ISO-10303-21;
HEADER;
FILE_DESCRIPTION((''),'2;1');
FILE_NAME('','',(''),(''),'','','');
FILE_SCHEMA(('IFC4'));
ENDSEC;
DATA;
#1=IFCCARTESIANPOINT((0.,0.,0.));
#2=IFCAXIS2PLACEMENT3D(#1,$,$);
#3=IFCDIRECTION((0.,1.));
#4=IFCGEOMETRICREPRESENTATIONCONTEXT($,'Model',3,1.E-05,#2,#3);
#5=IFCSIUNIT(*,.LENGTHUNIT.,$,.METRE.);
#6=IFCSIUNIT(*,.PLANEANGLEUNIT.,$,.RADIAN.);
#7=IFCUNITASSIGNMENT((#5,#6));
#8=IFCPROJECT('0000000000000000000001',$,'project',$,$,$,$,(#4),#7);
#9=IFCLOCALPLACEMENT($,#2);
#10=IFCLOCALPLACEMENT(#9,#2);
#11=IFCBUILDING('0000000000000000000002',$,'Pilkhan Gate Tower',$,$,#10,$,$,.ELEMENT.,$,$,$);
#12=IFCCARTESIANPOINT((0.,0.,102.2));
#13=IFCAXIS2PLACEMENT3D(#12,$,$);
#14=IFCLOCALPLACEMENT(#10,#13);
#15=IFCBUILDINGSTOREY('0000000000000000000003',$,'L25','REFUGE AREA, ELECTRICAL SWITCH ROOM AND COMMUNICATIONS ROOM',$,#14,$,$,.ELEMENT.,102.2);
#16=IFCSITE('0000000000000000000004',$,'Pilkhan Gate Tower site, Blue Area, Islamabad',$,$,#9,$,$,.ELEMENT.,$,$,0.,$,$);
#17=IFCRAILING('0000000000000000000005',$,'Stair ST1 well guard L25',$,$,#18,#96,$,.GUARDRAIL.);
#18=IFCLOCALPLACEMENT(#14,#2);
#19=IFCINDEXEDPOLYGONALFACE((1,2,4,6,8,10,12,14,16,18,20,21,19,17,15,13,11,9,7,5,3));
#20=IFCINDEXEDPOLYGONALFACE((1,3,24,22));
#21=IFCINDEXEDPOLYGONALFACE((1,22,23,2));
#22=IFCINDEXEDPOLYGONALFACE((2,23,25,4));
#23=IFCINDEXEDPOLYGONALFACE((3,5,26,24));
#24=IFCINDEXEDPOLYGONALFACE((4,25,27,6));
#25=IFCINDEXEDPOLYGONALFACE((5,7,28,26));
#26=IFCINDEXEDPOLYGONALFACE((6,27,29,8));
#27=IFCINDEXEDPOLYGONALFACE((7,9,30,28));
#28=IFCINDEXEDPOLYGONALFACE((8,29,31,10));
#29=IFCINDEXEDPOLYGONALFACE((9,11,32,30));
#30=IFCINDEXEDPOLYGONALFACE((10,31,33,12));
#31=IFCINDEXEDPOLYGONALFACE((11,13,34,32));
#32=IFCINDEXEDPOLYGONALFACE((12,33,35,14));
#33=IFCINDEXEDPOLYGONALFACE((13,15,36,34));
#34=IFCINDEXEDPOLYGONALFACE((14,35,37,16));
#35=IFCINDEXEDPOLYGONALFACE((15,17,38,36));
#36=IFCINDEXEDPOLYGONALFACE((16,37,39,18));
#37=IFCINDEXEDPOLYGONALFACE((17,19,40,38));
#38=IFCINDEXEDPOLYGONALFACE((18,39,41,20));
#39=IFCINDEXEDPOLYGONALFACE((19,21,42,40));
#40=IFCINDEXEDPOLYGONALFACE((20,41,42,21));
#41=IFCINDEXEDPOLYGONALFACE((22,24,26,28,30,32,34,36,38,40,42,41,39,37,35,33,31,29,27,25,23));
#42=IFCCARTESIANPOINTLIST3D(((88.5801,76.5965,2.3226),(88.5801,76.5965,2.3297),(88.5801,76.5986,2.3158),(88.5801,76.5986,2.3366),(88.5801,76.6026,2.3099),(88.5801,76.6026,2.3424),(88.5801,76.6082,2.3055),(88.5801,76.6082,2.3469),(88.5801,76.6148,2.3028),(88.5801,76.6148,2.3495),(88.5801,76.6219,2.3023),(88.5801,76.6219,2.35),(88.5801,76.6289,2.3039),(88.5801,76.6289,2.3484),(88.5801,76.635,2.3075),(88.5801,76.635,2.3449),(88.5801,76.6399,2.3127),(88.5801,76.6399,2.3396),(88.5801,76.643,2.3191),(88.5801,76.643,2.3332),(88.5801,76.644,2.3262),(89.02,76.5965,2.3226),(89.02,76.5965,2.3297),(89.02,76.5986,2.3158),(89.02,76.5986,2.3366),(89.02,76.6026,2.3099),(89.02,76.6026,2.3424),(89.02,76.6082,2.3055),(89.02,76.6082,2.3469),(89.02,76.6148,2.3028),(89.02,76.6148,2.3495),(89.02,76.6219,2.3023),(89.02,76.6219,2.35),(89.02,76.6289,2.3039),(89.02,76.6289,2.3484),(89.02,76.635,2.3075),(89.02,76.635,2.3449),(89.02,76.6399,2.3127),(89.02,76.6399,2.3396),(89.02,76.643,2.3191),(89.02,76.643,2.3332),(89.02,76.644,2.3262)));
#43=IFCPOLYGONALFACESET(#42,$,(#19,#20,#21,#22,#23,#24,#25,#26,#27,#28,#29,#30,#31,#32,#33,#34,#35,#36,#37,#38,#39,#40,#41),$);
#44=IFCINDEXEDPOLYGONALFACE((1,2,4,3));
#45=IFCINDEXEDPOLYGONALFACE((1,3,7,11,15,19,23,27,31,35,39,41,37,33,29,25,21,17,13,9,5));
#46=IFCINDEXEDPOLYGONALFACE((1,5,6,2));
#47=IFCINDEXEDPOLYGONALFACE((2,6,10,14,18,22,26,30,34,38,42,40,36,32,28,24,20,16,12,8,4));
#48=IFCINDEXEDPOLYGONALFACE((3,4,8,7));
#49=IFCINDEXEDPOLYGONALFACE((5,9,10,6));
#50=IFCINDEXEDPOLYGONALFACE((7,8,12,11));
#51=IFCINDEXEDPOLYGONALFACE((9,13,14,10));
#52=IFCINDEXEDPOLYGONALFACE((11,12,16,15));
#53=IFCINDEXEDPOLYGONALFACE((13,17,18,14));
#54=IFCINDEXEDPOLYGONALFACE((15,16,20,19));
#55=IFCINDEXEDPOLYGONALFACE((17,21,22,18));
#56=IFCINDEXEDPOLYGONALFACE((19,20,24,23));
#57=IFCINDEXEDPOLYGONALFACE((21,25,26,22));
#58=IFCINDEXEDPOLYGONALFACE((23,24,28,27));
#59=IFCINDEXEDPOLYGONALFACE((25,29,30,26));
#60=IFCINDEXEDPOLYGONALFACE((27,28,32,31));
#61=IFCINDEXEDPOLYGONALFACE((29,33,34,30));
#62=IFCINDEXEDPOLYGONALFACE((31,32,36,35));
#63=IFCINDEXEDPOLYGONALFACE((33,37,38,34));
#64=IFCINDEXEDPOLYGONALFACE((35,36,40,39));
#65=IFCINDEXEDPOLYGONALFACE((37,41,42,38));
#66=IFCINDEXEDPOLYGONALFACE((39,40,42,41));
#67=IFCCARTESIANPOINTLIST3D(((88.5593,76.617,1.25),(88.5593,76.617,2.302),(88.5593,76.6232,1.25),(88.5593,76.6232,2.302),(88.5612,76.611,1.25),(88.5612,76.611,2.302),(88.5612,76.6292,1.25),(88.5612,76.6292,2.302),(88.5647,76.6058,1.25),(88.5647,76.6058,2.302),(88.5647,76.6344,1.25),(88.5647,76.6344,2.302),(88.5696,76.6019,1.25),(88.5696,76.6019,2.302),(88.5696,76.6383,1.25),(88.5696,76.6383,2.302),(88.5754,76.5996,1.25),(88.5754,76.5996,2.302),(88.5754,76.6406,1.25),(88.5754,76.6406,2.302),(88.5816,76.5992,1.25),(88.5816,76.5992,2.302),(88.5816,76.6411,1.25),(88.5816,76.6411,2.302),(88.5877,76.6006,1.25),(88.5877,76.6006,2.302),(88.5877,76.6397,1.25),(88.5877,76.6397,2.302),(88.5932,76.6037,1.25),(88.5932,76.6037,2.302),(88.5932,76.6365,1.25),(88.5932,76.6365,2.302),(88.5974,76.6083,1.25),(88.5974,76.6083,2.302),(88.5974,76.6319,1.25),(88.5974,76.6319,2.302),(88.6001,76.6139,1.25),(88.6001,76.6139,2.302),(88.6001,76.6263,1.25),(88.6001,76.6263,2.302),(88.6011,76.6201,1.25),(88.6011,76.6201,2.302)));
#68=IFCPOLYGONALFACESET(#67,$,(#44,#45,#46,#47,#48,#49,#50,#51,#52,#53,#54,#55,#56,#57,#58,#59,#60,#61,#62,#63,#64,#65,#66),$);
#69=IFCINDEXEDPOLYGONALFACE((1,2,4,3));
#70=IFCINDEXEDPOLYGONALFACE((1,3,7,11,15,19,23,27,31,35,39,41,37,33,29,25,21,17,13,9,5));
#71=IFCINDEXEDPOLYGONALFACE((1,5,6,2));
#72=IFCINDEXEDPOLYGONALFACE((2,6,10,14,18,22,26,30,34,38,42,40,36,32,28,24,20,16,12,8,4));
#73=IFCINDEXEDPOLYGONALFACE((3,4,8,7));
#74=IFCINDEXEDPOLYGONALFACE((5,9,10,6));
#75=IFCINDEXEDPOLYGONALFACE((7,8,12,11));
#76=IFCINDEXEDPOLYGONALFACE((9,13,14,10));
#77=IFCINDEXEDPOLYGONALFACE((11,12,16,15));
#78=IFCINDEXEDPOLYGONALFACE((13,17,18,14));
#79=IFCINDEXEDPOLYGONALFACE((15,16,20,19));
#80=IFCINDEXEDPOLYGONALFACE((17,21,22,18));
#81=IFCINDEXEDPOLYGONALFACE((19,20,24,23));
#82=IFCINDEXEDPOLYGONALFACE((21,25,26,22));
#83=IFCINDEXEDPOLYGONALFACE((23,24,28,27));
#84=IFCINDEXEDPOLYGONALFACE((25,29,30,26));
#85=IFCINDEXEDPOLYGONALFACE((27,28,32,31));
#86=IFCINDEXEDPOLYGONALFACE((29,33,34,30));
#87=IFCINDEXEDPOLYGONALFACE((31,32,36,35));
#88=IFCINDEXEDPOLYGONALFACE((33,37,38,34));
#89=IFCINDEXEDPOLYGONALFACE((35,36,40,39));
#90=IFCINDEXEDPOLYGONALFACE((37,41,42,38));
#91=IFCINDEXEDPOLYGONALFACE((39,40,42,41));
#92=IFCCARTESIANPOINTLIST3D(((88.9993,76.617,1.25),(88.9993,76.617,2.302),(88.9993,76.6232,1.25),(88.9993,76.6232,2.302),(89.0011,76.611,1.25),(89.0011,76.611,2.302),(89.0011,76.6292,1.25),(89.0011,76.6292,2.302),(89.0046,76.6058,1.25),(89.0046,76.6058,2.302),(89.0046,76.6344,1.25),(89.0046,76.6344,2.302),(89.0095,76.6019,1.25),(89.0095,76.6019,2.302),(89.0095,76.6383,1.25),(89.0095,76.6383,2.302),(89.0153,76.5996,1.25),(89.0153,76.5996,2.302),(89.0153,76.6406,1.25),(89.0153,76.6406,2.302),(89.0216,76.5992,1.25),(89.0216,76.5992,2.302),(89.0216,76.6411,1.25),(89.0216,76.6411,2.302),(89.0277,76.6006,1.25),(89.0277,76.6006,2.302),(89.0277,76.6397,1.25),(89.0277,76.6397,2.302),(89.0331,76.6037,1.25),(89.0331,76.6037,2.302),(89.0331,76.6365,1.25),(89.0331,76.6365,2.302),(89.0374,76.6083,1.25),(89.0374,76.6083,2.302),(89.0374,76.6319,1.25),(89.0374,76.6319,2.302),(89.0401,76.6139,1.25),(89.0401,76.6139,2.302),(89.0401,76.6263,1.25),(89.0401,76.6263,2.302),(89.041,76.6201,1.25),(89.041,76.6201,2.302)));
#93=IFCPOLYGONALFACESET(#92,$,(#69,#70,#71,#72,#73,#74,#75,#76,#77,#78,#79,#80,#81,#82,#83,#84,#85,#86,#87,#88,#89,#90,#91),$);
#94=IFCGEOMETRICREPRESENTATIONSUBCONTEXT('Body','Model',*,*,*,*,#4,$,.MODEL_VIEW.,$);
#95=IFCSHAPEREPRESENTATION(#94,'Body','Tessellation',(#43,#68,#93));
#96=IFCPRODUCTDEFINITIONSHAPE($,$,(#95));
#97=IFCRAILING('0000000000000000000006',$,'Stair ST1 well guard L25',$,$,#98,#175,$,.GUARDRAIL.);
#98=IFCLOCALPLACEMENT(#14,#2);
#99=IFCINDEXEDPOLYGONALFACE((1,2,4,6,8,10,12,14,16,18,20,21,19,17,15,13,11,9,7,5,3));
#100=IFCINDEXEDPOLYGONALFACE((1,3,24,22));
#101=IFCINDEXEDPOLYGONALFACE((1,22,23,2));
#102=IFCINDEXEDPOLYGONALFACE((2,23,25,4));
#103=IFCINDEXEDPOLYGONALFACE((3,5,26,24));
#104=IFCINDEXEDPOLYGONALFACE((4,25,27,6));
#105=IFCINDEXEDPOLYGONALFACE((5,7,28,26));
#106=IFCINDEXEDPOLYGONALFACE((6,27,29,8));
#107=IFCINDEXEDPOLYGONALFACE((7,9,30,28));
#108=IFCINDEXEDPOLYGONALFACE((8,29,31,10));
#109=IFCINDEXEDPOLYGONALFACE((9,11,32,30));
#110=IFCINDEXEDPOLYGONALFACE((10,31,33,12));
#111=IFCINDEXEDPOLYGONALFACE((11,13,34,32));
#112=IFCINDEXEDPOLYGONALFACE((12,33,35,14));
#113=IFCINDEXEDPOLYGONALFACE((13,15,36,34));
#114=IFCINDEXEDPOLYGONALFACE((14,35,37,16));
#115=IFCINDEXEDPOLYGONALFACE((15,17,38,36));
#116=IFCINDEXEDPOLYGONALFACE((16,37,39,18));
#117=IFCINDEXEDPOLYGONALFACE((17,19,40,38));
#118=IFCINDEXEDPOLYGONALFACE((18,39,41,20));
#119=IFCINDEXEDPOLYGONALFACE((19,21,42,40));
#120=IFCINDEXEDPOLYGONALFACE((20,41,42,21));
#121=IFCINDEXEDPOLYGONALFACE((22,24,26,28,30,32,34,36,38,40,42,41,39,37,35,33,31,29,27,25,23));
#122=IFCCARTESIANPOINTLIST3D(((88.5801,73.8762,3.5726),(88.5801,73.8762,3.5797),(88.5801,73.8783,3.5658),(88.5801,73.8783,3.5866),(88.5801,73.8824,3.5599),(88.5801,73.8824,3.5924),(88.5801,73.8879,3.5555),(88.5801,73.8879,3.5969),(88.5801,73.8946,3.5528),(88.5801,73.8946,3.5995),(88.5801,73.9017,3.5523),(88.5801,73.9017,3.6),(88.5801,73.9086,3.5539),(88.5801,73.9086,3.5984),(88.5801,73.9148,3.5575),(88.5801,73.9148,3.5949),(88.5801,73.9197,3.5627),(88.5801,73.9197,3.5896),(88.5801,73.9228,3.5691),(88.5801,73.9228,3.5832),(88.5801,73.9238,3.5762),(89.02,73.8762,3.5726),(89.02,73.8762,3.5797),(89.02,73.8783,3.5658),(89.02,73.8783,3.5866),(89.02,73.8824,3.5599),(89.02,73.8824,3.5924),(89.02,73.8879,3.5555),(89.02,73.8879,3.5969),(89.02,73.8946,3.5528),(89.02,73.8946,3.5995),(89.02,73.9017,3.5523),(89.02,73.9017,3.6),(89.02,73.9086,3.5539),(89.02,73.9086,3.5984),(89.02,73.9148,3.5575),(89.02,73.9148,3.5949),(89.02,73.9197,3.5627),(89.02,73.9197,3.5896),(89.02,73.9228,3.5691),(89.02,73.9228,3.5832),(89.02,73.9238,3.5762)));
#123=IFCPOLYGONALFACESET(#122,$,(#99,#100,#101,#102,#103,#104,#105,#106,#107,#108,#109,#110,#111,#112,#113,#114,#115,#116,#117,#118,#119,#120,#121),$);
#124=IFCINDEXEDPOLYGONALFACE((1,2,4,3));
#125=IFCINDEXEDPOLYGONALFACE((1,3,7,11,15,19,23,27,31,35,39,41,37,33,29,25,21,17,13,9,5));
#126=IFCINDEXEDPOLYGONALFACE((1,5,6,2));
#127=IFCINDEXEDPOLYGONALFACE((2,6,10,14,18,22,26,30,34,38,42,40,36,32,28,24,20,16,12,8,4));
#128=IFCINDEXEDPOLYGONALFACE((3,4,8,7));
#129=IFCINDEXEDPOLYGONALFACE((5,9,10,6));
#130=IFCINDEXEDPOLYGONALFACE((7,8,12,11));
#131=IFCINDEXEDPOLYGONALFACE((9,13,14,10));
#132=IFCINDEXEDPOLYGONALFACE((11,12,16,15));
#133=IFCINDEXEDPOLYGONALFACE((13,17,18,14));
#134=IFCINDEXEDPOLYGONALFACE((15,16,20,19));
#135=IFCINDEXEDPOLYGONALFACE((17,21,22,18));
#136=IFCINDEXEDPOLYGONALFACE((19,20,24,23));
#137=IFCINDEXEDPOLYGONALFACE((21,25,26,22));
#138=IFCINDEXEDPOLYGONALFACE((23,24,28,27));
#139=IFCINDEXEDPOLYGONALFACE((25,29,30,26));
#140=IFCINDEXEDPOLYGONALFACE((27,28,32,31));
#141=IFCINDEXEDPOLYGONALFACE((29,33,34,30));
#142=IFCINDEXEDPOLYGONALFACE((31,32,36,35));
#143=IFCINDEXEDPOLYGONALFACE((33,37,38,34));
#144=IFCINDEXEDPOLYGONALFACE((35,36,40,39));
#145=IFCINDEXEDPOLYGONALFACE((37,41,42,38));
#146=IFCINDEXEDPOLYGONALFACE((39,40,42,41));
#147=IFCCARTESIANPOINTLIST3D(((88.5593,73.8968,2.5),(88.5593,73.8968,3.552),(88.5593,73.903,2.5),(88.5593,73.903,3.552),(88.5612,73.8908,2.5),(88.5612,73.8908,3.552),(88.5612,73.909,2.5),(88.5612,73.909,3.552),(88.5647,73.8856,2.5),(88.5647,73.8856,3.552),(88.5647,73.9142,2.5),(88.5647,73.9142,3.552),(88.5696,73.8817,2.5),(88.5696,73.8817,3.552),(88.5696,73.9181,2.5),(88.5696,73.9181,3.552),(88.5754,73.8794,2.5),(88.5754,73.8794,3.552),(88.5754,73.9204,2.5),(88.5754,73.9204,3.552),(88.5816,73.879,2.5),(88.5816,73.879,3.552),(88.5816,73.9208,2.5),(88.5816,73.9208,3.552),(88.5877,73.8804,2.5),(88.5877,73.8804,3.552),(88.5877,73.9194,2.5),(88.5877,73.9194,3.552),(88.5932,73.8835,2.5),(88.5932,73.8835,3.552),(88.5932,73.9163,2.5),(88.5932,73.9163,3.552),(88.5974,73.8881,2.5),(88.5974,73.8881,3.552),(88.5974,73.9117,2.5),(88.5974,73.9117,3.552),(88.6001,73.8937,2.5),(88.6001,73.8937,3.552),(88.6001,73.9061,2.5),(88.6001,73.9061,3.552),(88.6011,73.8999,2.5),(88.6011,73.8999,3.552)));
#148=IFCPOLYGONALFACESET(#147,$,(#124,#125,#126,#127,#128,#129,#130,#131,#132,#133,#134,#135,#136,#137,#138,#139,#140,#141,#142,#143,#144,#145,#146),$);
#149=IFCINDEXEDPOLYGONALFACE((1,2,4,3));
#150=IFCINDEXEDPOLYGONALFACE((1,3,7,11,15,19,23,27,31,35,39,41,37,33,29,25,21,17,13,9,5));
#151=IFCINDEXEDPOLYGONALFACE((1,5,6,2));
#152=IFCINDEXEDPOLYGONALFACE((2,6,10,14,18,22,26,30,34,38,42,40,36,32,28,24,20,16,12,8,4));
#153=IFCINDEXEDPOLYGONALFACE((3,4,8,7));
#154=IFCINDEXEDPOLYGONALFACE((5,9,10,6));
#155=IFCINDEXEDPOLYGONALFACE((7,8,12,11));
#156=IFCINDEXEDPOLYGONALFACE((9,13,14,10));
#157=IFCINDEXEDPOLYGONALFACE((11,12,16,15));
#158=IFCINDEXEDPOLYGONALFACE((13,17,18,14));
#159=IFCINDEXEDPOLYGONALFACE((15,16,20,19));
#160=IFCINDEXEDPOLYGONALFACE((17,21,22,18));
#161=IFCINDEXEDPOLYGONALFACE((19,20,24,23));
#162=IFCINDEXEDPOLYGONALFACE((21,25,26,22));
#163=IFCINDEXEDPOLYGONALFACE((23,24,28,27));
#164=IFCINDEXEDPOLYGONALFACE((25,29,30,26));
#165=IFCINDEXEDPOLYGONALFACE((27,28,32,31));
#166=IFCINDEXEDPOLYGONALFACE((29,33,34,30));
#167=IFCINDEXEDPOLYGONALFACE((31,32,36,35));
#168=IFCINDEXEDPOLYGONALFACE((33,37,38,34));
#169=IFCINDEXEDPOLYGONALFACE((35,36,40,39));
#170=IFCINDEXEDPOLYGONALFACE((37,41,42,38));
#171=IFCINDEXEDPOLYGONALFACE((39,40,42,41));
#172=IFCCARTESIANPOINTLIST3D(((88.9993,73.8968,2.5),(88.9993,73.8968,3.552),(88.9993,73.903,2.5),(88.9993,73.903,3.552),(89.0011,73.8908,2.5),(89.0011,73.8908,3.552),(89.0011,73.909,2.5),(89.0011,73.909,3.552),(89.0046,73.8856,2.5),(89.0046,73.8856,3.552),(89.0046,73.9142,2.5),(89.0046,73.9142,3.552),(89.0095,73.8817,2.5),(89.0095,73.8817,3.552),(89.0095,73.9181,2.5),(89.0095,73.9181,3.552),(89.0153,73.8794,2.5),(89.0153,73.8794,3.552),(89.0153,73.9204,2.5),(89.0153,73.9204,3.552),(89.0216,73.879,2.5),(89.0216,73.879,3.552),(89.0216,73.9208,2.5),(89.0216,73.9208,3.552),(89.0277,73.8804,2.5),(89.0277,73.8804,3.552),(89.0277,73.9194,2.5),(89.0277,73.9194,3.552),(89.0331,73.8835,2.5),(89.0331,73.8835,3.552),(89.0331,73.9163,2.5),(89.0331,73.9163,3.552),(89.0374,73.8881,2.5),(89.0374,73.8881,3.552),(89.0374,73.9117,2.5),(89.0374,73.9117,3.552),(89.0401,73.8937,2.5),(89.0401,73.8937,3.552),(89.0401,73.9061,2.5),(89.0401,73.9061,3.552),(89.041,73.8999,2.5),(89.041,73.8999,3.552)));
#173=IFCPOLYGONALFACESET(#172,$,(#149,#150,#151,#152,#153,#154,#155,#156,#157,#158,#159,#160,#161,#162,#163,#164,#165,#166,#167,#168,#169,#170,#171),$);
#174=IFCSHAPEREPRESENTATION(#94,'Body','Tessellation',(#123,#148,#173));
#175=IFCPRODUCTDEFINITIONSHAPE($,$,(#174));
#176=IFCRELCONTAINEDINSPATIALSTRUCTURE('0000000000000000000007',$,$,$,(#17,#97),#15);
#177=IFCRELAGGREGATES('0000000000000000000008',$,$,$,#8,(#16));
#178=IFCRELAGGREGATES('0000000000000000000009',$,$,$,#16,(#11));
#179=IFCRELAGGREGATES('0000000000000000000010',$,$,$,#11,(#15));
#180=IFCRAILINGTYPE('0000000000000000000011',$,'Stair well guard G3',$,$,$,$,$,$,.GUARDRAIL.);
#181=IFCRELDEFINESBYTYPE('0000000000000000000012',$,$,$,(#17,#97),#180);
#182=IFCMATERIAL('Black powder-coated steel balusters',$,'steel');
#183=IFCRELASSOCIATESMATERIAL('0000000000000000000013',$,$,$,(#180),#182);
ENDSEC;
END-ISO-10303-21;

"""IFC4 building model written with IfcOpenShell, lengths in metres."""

from ifc_helpers import new_model, si_unit, direction, frame, origin, origin_2d, place, context, subcontext, project, spatial, circle, extrude, material, type_object, element, save


model = new_model("IFC4")

# Units and contexts
model_context = context("Model", 3, precision=1e-05, world=origin(), true_north=direction((0.0, 1.0)))
body_context = subcontext(model_context, "Body", "Model", "MODEL_VIEW")
ifc_project = project(units=[si_unit("LENGTHUNIT", "METRE"), si_unit("PLANEANGLEUNIT", "RADIAN")], contexts=[model_context])

# Site, building, storey
site_placement = place(None, origin())
site = spatial("IfcSite", under=ifc_project, at=site_placement, Name="Pilkhan Gate Tower site, Blue Area, Islamabad", CompositionType="ELEMENT", RefElevation=0.0)
building_placement = place(site_placement, origin())
building = spatial("IfcBuilding", under=site, at=building_placement, Name="Pilkhan Gate Tower", CompositionType="ELEMENT")
storey_placement = place(building_placement, frame((0.0, 0.0, 102.2)))
storey = spatial("IfcBuildingStorey", under=building, at=storey_placement, Name="L25", Description="REFUGE AREA, ELECTRICAL SWITCH ROOM AND COMMUNICATIONS ROOM", CompositionType="ELEMENT", Elevation=102.2)

# Railings
ifc_material_1 = material(Name="Black powder-coated steel balusters", Category="steel")
railing_type = type_object("IfcRailingType", Name="Stair well guard G3", PredefinedType="GUARDRAIL", material=ifc_material_1)
for number, where, name in (
    (1, (88.5801, 76.6201, 1.25), "Stair ST1 well guard L25"),
    (2, (88.5801, 73.8999, 2.5), "Stair ST1 well guard L25"),
):
    element("IfcRailing", number, at=place(storey_placement, frame(where)), inside=storey, type_object=railing_type, Name=name, PredefinedType="GUARDRAIL", context=body_context, shape_type="SweptSolid", body=[
        extrude(circle(Radius=0.0239, at=origin_2d()), frame((0.0, 0.0, 1.0762), z_axis=(1.0, 0.0, 0.0), x_axis=(0.0, 1.0, 0.0)), (0.0, 0.0, 1.0), 0.4399),
        extrude(circle(Radius=0.021, at=origin_2d()), origin(), (0.0, 0.0, 1.0), 1.052),
        extrude(circle(Radius=0.021, at=origin_2d()), frame((0.4399, 0.0, 0.0)), (0.0, 0.0, 1.0), 1.052),
    ])

save(model, "model.ifc")
